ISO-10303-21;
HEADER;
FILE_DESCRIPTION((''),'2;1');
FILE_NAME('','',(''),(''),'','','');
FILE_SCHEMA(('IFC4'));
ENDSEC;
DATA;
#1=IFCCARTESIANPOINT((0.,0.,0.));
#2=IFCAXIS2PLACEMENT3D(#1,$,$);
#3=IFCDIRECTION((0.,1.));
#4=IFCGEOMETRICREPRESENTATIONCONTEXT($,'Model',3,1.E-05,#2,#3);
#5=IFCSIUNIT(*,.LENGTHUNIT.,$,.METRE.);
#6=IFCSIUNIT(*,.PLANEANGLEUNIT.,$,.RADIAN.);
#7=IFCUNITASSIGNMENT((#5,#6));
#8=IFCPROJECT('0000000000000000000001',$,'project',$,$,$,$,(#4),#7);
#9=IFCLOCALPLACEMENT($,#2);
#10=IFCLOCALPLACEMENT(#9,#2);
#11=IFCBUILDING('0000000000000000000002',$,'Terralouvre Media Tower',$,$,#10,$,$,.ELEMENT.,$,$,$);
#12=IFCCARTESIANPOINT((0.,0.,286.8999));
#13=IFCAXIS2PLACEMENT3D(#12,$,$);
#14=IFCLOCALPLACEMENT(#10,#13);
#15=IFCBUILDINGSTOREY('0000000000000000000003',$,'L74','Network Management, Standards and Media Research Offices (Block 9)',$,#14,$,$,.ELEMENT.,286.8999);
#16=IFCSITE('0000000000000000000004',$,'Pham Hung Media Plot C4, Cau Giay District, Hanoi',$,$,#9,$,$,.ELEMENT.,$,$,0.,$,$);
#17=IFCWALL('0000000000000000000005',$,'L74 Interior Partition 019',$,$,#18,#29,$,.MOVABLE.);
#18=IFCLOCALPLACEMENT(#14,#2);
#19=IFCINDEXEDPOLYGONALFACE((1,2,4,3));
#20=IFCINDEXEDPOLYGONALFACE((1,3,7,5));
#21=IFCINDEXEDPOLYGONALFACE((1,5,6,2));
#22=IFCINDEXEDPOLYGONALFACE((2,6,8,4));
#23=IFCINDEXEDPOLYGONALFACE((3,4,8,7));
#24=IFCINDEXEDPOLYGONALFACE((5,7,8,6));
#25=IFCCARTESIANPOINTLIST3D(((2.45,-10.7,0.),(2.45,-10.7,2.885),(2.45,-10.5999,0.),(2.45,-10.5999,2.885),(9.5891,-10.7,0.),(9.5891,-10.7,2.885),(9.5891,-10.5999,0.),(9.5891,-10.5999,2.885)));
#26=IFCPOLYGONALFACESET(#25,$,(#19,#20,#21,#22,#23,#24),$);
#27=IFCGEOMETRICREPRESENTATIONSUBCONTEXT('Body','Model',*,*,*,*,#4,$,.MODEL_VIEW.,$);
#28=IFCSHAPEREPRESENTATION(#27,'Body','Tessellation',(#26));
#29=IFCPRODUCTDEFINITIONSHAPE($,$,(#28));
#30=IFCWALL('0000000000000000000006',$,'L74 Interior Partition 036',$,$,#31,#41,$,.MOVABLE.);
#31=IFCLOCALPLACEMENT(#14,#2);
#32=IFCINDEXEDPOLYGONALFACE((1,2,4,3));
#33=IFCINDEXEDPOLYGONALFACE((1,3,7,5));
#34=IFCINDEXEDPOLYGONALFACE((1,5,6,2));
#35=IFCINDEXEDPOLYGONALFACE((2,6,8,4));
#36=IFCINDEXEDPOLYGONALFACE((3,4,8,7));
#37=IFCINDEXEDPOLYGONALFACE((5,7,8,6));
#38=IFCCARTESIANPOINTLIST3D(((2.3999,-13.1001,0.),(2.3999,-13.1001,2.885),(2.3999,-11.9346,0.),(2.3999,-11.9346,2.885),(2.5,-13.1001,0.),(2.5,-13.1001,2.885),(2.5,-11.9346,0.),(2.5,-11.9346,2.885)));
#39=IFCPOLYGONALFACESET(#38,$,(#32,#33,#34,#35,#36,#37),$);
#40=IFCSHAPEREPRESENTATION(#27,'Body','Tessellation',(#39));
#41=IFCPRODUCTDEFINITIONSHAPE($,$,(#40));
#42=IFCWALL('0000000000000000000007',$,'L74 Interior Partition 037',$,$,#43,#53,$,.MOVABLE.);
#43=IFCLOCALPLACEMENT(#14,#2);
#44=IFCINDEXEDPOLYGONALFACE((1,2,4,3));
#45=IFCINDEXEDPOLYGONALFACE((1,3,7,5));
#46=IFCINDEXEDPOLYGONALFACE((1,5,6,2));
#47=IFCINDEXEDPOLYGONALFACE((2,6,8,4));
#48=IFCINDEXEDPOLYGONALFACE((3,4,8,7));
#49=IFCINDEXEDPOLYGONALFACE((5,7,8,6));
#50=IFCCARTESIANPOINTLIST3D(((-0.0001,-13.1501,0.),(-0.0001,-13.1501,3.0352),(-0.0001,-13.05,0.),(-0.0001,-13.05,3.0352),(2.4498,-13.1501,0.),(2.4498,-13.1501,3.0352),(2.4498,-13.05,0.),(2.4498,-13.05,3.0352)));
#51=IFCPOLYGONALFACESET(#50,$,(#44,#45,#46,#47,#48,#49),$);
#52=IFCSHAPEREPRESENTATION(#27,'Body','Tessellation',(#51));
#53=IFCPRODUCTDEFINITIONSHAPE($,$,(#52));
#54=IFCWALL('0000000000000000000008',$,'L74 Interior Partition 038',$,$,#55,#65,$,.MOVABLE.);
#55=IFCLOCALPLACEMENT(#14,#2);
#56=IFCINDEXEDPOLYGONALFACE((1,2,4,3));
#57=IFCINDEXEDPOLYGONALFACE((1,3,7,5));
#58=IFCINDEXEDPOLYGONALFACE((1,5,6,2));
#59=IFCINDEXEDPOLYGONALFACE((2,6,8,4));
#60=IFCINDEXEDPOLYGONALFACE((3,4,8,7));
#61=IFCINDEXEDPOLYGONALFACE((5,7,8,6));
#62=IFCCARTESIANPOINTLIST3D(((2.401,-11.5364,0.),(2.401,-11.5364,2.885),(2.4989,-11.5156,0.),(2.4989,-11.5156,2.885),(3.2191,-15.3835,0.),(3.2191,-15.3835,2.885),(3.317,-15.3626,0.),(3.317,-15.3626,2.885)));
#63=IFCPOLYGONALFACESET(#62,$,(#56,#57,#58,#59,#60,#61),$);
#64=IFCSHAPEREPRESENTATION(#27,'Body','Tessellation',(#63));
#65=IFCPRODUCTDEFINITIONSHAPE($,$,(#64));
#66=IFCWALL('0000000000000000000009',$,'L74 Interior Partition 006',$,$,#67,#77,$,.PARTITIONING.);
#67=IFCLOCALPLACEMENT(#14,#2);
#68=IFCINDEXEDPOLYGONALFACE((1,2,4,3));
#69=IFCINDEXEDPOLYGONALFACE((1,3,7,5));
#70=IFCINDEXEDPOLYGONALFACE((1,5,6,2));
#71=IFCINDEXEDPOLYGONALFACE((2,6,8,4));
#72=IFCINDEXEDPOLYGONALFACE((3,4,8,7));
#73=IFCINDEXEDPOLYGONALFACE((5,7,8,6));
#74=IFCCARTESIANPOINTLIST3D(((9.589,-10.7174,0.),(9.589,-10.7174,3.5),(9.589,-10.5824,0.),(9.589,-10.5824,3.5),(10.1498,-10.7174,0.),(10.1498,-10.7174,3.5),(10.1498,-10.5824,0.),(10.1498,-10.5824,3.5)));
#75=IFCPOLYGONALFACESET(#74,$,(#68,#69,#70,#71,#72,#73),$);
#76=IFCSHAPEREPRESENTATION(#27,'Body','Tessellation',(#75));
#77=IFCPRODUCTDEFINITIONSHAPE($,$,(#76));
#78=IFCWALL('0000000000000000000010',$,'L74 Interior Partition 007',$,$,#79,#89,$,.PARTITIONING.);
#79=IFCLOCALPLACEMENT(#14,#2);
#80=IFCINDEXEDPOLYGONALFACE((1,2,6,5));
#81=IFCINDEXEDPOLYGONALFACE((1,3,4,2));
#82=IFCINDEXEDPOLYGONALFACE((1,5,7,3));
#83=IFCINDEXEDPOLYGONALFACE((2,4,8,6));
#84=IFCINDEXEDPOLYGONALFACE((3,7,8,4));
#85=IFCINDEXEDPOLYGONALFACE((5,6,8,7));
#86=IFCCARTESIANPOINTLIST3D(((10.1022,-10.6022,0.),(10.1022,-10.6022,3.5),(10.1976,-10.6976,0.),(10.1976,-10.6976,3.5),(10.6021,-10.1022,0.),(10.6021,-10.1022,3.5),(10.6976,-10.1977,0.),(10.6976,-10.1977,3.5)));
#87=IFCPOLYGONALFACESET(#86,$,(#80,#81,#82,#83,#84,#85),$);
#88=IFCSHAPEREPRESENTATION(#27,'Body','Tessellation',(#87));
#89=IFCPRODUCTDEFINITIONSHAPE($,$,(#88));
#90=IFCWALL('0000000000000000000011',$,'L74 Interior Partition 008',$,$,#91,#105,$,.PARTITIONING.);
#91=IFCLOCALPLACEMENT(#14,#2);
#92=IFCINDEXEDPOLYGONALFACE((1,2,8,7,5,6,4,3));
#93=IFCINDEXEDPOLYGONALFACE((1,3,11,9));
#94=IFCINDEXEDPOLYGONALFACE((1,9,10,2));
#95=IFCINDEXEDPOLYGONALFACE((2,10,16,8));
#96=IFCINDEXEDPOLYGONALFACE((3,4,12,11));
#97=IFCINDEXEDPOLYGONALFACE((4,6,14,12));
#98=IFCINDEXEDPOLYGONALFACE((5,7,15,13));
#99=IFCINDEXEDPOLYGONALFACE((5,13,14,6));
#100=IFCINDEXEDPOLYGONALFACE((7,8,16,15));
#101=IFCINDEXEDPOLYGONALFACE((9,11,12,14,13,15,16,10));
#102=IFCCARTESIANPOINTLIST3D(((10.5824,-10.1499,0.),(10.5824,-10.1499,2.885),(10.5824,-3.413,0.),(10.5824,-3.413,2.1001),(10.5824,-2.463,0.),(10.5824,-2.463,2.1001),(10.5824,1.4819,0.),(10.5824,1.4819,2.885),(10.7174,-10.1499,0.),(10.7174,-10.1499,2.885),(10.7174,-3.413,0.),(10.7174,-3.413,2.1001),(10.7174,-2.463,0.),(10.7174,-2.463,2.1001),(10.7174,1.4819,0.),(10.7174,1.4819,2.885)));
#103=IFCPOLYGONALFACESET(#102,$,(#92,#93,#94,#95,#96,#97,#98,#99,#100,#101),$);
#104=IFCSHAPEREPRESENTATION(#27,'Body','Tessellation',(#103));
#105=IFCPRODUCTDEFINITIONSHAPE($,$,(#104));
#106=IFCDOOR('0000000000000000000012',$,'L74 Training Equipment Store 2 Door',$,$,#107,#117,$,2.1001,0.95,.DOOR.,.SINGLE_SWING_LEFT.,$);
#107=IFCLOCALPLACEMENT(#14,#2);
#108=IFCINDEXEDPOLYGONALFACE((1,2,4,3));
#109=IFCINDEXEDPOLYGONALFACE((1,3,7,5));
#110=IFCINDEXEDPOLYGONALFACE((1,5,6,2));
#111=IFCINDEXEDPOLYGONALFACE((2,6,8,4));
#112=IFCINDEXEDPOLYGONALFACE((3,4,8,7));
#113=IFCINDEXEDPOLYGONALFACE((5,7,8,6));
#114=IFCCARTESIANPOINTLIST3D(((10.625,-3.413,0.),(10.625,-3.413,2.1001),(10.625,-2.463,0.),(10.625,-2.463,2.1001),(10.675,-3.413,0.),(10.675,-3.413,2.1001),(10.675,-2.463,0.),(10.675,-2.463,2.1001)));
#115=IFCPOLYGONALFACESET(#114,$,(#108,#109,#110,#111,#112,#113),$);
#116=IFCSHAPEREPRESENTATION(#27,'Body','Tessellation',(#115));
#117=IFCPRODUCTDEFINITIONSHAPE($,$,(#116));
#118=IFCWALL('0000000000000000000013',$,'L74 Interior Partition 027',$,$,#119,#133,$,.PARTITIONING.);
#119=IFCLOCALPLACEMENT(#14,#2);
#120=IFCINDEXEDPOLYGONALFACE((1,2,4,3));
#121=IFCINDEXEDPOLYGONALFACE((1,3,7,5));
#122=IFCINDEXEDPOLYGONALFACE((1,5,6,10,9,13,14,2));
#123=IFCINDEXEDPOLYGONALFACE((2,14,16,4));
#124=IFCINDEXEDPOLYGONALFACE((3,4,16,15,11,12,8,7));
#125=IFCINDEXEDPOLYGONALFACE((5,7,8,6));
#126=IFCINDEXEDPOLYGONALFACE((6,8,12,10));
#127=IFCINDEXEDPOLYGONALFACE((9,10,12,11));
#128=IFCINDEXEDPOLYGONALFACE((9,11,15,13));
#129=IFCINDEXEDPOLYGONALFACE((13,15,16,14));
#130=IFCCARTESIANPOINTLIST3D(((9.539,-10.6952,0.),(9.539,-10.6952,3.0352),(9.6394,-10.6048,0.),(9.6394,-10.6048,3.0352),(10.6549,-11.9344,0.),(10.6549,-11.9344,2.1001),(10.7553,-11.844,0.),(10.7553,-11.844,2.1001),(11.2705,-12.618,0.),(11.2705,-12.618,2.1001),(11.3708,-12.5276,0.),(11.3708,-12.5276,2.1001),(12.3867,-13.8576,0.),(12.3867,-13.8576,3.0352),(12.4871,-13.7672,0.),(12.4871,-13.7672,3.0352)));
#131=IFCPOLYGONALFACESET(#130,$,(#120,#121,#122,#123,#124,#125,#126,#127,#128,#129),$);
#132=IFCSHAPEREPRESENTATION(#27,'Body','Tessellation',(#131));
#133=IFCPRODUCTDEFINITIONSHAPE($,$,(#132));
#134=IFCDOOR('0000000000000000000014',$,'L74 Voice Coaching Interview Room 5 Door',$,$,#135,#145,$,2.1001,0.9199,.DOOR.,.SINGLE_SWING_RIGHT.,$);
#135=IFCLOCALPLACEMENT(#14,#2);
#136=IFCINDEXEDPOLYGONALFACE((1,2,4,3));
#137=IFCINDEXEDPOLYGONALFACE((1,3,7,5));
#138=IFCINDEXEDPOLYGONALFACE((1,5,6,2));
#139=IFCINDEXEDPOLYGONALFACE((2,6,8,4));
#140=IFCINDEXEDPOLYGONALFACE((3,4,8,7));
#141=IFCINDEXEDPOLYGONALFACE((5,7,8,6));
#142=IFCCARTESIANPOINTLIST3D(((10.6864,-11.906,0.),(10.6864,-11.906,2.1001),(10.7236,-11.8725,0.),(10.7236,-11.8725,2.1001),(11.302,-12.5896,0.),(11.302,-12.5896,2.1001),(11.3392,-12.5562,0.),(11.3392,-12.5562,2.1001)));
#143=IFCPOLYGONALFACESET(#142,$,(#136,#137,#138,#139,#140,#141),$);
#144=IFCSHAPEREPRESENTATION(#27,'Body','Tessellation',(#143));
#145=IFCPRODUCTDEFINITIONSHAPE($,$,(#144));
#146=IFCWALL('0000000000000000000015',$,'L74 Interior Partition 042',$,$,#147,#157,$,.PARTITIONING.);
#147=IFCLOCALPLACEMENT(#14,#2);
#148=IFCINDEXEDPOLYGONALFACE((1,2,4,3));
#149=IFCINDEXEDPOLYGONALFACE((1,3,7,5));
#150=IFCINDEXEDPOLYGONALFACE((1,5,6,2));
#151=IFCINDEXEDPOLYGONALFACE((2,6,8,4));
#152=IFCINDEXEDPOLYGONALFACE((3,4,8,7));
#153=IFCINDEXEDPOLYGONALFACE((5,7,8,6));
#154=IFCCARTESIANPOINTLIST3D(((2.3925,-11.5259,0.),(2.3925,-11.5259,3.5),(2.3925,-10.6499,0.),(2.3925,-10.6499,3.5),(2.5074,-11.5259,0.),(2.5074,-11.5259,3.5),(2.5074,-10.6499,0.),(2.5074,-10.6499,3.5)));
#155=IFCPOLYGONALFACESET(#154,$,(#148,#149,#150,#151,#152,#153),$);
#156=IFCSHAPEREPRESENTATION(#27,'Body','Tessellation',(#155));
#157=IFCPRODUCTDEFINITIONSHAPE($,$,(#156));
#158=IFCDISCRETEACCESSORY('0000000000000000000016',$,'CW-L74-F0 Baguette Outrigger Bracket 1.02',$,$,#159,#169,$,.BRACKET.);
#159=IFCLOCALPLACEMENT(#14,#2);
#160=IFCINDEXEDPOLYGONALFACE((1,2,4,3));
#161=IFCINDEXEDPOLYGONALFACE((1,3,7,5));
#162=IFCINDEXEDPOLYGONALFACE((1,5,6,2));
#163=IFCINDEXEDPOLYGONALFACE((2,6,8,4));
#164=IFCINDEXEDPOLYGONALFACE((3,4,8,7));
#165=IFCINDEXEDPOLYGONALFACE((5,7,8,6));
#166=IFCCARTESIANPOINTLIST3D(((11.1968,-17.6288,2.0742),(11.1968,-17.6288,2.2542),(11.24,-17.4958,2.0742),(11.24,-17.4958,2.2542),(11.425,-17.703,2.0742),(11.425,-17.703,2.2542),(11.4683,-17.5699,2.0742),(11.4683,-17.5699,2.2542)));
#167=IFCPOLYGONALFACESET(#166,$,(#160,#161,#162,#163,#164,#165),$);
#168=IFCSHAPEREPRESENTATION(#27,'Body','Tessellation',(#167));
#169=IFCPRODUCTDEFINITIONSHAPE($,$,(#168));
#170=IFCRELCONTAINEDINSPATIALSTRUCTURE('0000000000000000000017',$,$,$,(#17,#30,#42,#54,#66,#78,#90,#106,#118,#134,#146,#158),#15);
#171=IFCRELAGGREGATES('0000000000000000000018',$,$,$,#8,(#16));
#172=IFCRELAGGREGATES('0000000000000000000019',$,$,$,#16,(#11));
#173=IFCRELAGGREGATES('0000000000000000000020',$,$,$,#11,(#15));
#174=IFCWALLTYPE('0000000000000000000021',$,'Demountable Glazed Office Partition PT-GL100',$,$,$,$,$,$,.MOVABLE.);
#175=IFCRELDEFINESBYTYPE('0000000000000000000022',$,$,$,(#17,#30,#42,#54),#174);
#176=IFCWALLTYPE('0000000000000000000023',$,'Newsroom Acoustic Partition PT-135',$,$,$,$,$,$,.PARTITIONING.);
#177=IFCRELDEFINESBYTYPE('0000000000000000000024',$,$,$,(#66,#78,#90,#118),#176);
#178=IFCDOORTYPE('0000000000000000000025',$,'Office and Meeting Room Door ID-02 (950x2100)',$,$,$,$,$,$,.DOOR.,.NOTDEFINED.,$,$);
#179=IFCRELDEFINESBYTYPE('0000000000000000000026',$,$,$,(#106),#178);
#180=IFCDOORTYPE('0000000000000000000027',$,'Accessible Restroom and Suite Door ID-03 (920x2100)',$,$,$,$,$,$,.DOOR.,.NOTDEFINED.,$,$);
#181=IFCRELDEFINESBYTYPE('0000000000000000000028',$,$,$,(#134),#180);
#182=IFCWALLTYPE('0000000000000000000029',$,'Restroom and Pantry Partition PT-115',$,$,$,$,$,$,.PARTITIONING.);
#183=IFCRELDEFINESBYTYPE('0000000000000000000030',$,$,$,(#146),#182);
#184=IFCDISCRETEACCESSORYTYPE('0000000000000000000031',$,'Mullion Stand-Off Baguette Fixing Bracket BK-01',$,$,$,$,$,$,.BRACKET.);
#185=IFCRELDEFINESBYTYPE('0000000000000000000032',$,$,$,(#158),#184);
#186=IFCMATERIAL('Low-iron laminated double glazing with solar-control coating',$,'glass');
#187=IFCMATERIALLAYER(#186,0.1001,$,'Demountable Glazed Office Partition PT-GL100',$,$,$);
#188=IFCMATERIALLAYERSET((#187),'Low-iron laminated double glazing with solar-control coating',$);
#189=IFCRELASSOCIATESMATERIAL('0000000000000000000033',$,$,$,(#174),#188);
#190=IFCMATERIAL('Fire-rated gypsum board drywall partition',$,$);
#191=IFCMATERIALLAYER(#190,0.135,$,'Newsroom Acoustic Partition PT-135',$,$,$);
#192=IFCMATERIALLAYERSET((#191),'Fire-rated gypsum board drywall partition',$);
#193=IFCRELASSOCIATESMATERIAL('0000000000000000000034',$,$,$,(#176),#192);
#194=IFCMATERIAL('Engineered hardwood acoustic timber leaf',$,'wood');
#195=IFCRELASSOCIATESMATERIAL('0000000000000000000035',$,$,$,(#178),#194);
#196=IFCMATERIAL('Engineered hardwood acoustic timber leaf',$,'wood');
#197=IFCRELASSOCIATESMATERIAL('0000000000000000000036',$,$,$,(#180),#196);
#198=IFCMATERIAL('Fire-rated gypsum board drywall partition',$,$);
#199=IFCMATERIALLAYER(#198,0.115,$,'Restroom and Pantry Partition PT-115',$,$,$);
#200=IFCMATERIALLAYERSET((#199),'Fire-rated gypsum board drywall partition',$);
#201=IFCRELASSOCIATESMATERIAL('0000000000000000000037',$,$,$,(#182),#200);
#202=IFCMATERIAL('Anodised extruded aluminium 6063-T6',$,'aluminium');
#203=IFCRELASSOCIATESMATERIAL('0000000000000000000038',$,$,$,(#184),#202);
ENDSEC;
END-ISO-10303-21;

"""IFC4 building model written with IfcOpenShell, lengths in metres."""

from ifc_helpers import new_model, si_unit, direction, frame, frame_2d, origin, origin_2d, place, context, subcontext, project, spatial, rectangle, extrude, material, layer, layer_set, type_object, element, fill, save


model = new_model("IFC4")

# Units and contexts
model_context = context("Model", 3, precision=1e-05, world=origin(), true_north=direction((0.0, 1.0)))
body_context = subcontext(model_context, "Body", "Model", "MODEL_VIEW")
ifc_project = project(units=[si_unit("LENGTHUNIT", "METRE"), si_unit("PLANEANGLEUNIT", "RADIAN")], contexts=[model_context])

# Site, building, storey
site_placement = place(None, origin())
site = spatial("IfcSite", under=ifc_project, at=site_placement, Name="Pham Hung Media Plot C4, Cau Giay District, Hanoi", CompositionType="ELEMENT", RefElevation=0.0)
building_placement = place(site_placement, origin())
building = spatial("IfcBuilding", under=site, at=building_placement, Name="Terralouvre Media Tower", CompositionType="ELEMENT")
storey_placement = place(building_placement, frame((0.0, 0.0, 286.8999)))
storey = spatial("IfcBuildingStorey", under=building, at=storey_placement, Name="L74", Description="Network Management, Standards and Media Research Offices (Block 9)", CompositionType="ELEMENT", Elevation=286.8999)

# Walls
ifc_material_1 = material(Name="Low-iron laminated double glazing with solar-control coating", Category="glass")
ifc_layer_1 = layer(ifc_material_1, 0.1001, Name="Demountable Glazed Office Partition PT-GL100")
ifc_layer_set_1 = layer_set([ifc_layer_1], Name="Low-iron laminated double glazing with solar-control coating")
wall_type_1 = type_object("IfcWallType", Name="Demountable Glazed Office Partition PT-GL100", PredefinedType="MOVABLE", material=ifc_layer_set_1)
wall_1_placement = place(storey_placement, frame((2.45, -10.6499, 0.0), z_axis=(0.0, 0.0, 1.0), x_axis=(1.0, 0.0, 0.0)))
element("IfcWall", 1, at=wall_1_placement, inside=storey, type_object=wall_type_1, Name="L74 Interior Partition 019", PredefinedType="MOVABLE", context=body_context, shape_type="SweptSolid", body=[
    extrude(rectangle(XDim=7.1392, YDim=0.1001, at=frame_2d((3.5696, 0.0))), origin(), (0.0, 0.0, 1.0), 2.885),
])
wall_2_placement = place(storey_placement, frame((2.45, -11.9346, 0.0), z_axis=(0.0, 0.0, 1.0), x_axis=(0.0, -1.0, 0.0)))
element("IfcWall", 2, at=wall_2_placement, inside=storey, type_object=wall_type_1, Name="L74 Interior Partition 036", PredefinedType="MOVABLE", context=body_context, shape_type="SweptSolid", body=[
    extrude(rectangle(XDim=1.1655, YDim=0.1001, at=frame_2d((0.5828, 0.0))), origin(), (0.0, 0.0, 1.0), 2.885),
])
wall_3_placement = place(storey_placement, frame((2.45, -13.1001, 0.0), z_axis=(0.0, 0.0, 1.0), x_axis=(-1.0, 0.0, 0.0)))
element("IfcWall", 3, at=wall_3_placement, inside=storey, type_object=wall_type_1, Name="L74 Interior Partition 037", PredefinedType="MOVABLE", context=body_context, shape_type="SweptSolid", body=[
    extrude(rectangle(XDim=2.45, YDim=0.1001, at=frame_2d((1.2251, 0.0))), origin(), (0.0, 0.0, 1.0), 3.0352),
])
wall_4_placement = place(storey_placement, frame((3.2681, -15.373, 0.0), z_axis=(0.0, 0.0, 1.0), x_axis=(-0.208003, 0.978128, 0.0)))
element("IfcWall", 4, at=wall_4_placement, inside=storey, type_object=wall_type_1, Name="L74 Interior Partition 038", PredefinedType="MOVABLE", context=body_context, shape_type="SweptSolid", body=[
    extrude(rectangle(XDim=3.9331, YDim=0.1001, at=frame_2d((1.9666, 0.0))), origin(), (0.0, 0.0, 1.0), 2.885),
])
ifc_material_2 = material(Name="Fire-rated gypsum board drywall partition")
ifc_layer_2 = layer(ifc_material_2, 0.135, Name="Newsroom Acoustic Partition PT-135")
ifc_layer_set_2 = layer_set([ifc_layer_2], Name="Fire-rated gypsum board drywall partition")
wall_type_2 = type_object("IfcWallType", Name="Newsroom Acoustic Partition PT-135", PredefinedType="PARTITIONING", material=ifc_layer_set_2)
wall_5_placement = place(storey_placement, frame((9.5891, -10.6499, 0.0), z_axis=(0.0, 0.0, 1.0), x_axis=(1.0, 0.0, 0.0)))
element("IfcWall", 5, at=wall_5_placement, inside=storey, type_object=wall_type_2, Name="L74 Interior Partition 006", PredefinedType="PARTITIONING", context=body_context, shape_type="SweptSolid", body=[
    extrude(rectangle(XDim=0.5608, YDim=0.135, at=frame_2d((0.2803, 0.0))), origin(), (0.0, 0.0, 1.0), 3.5),
])
wall_6_placement = place(storey_placement, frame((10.1499, -10.6499, 0.0), z_axis=(0.0, 0.0, 1.0), x_axis=(0.707107, 0.707107, 0.0)))
element("IfcWall", 6, at=wall_6_placement, inside=storey, type_object=wall_type_2, Name="L74 Interior Partition 007", PredefinedType="PARTITIONING", context=body_context, shape_type="SweptSolid", body=[
    extrude(rectangle(XDim=0.707, YDim=0.135, at=frame_2d((0.3535, 0.0))), origin(), (0.0, 0.0, 1.0), 3.5),
])

# Walls, openings, doors
wall_7_placement = place(storey_placement, frame((10.6499, -10.1499, 0.0), z_axis=(0.0, 0.0, 1.0), x_axis=(0.0, 1.0, 0.0)))
wall_7 = element("IfcWall", 7, at=wall_7_placement, inside=storey, type_object=wall_type_2, Name="L74 Interior Partition 008", PredefinedType="PARTITIONING", context=body_context, shape_type="SweptSolid", body=[
    extrude(rectangle(XDim=11.6318, YDim=0.135, at=frame_2d((5.8159, 0.0))), origin(), (0.0, 0.0, 1.0), 2.885),
])
opening_1_placement = place(wall_7_placement, frame((6.7368, 0.0, 0.0)))
opening_1 = element("IfcOpeningElement", 8, at=opening_1_placement, cuts=wall_7, PredefinedType="OPENING", context=body_context, shape_type="SweptSolid", body=[
    extrude(rectangle(XDim=0.95, YDim=2.1001, at=frame_2d((0.4751, 1.05))), frame((0.0, 0.0774, 0.0), z_axis=(0.0, -1.0, 0.0), x_axis=(1.0, 0.0, 0.0)), (0.0, 0.0, 1.0), 0.155),
])
ifc_material_3 = material(Name="Engineered hardwood acoustic timber leaf", Category="wood")
door_type_1 = type_object("IfcDoorType", Name="Office and Meeting Room Door ID-02 (950x2100)", OperationType="NOTDEFINED", PredefinedType="DOOR", material=ifc_material_3)
door_1_placement = place(opening_1_placement, origin())
door_1 = element("IfcDoor", 9, at=door_1_placement, inside=storey, type_object=door_type_1, Name="L74 Training Equipment Store 2 Door", OperationType="SINGLE_SWING_LEFT", OverallHeight=2.1001, OverallWidth=0.95, PredefinedType="DOOR", context=body_context, shape_type="SweptSolid", body=[
    extrude(rectangle(XDim=0.95, YDim=2.1001, at=frame_2d((0.4751, 1.05))), frame((0.0, 0.0249, 0.0), z_axis=(0.0, -1.0, 0.0), x_axis=(1.0, 0.0, 0.0)), (0.0, 0.0, 1.0), 0.05),
])
fill(opening_1, door_1)
wall_8_placement = place(storey_placement, frame((9.5891, -10.6499, 0.0), z_axis=(0.0, 0.0, 1.0), x_axis=(0.669164, -0.743114, 0.0)))
wall_8 = element("IfcWall", 10, at=wall_8_placement, inside=storey, type_object=wall_type_2, Name="L74 Interior Partition 027", PredefinedType="PARTITIONING", context=body_context, shape_type="SweptSolid", body=[
    extrude(rectangle(XDim=4.2556, YDim=0.135, at=frame_2d((2.1279, 0.0))), origin(), (0.0, 0.0, 1.0), 3.0352),
])
opening_2_placement = place(wall_8_placement, frame((1.6677, 0.0, 0.0)))
opening_2 = element("IfcOpeningElement", 11, at=opening_2_placement, cuts=wall_8, PredefinedType="OPENING", context=body_context, shape_type="SweptSolid", body=[
    extrude(rectangle(XDim=0.9199, YDim=2.1001, at=frame_2d((0.46, 1.05))), frame((0.0, 0.0774, 0.0), z_axis=(0.0, -1.0, 0.0), x_axis=(1.0, 0.0, 0.0)), (0.0, 0.0, 1.0), 0.155),
])
ifc_material_4 = material(Name="Engineered hardwood acoustic timber leaf", Category="wood")
door_type_2 = type_object("IfcDoorType", Name="Accessible Restroom and Suite Door ID-03 (920x2100)", OperationType="NOTDEFINED", PredefinedType="DOOR", material=ifc_material_4)
door_2_placement = place(opening_2_placement, origin())
door_2 = element("IfcDoor", 12, at=door_2_placement, inside=storey, type_object=door_type_2, Name="L74 Voice Coaching Interview Room 5 Door", OperationType="SINGLE_SWING_RIGHT", OverallHeight=2.1001, OverallWidth=0.9199, PredefinedType="DOOR", context=body_context, shape_type="SweptSolid", body=[
    extrude(rectangle(XDim=0.9199, YDim=2.1001, at=frame_2d((0.46, 1.05))), frame((0.0, 0.0249, 0.0), z_axis=(0.0, -1.0, 0.0), x_axis=(1.0, 0.0, 0.0)), (0.0, 0.0, 1.0), 0.05),
])
fill(opening_2, door_2)

# Wall
ifc_material_5 = material(Name="Fire-rated gypsum board drywall partition")
ifc_layer_3 = layer(ifc_material_5, 0.115, Name="Restroom and Pantry Partition PT-115")
ifc_layer_set_3 = layer_set([ifc_layer_3], Name="Fire-rated gypsum board drywall partition")
wall_type_3 = type_object("IfcWallType", Name="Restroom and Pantry Partition PT-115", PredefinedType="PARTITIONING", material=ifc_layer_set_3)
wall_9_placement = place(storey_placement, frame((2.45, -11.5259, 0.0), z_axis=(0.0, 0.0, 1.0), x_axis=(0.0, 1.0, 0.0)))
element("IfcWall", 13, at=wall_9_placement, inside=storey, type_object=wall_type_3, Name="L74 Interior Partition 042", PredefinedType="PARTITIONING", context=body_context, shape_type="SweptSolid", body=[
    extrude(rectangle(XDim=0.876, YDim=0.115, at=frame_2d((0.438, 0.0))), origin(), (0.0, 0.0, 1.0), 3.5),
])

# Discrete accessory
ifc_material_6 = material(Name="Anodised extruded aluminium 6063-T6", Category="aluminium")
discrete_accessory_type = type_object("IfcDiscreteAccessoryType", Name="Mullion Stand-Off Baguette Fixing Bracket BK-01", PredefinedType="BRACKET", material=ifc_material_6)
discrete_accessory_placement = place(storey_placement, frame((11.3325, -17.5994, 2.0742), z_axis=(0.0, 0.0, 1.0), x_axis=(0.309017, 0.951057, 0.0)))
element("IfcDiscreteAccessory", 14, at=discrete_accessory_placement, inside=storey, type_object=discrete_accessory_type, Name="CW-L74-F0 Baguette Outrigger Bracket 1.02", PredefinedType="BRACKET", context=body_context, shape_type="SweptSolid", body=[
    extrude(rectangle(XDim=0.1399, YDim=0.24, at=origin_2d()), origin(), (0.0, 0.0, 1.0), 0.1799),
])

save(model, "model.ifc")
